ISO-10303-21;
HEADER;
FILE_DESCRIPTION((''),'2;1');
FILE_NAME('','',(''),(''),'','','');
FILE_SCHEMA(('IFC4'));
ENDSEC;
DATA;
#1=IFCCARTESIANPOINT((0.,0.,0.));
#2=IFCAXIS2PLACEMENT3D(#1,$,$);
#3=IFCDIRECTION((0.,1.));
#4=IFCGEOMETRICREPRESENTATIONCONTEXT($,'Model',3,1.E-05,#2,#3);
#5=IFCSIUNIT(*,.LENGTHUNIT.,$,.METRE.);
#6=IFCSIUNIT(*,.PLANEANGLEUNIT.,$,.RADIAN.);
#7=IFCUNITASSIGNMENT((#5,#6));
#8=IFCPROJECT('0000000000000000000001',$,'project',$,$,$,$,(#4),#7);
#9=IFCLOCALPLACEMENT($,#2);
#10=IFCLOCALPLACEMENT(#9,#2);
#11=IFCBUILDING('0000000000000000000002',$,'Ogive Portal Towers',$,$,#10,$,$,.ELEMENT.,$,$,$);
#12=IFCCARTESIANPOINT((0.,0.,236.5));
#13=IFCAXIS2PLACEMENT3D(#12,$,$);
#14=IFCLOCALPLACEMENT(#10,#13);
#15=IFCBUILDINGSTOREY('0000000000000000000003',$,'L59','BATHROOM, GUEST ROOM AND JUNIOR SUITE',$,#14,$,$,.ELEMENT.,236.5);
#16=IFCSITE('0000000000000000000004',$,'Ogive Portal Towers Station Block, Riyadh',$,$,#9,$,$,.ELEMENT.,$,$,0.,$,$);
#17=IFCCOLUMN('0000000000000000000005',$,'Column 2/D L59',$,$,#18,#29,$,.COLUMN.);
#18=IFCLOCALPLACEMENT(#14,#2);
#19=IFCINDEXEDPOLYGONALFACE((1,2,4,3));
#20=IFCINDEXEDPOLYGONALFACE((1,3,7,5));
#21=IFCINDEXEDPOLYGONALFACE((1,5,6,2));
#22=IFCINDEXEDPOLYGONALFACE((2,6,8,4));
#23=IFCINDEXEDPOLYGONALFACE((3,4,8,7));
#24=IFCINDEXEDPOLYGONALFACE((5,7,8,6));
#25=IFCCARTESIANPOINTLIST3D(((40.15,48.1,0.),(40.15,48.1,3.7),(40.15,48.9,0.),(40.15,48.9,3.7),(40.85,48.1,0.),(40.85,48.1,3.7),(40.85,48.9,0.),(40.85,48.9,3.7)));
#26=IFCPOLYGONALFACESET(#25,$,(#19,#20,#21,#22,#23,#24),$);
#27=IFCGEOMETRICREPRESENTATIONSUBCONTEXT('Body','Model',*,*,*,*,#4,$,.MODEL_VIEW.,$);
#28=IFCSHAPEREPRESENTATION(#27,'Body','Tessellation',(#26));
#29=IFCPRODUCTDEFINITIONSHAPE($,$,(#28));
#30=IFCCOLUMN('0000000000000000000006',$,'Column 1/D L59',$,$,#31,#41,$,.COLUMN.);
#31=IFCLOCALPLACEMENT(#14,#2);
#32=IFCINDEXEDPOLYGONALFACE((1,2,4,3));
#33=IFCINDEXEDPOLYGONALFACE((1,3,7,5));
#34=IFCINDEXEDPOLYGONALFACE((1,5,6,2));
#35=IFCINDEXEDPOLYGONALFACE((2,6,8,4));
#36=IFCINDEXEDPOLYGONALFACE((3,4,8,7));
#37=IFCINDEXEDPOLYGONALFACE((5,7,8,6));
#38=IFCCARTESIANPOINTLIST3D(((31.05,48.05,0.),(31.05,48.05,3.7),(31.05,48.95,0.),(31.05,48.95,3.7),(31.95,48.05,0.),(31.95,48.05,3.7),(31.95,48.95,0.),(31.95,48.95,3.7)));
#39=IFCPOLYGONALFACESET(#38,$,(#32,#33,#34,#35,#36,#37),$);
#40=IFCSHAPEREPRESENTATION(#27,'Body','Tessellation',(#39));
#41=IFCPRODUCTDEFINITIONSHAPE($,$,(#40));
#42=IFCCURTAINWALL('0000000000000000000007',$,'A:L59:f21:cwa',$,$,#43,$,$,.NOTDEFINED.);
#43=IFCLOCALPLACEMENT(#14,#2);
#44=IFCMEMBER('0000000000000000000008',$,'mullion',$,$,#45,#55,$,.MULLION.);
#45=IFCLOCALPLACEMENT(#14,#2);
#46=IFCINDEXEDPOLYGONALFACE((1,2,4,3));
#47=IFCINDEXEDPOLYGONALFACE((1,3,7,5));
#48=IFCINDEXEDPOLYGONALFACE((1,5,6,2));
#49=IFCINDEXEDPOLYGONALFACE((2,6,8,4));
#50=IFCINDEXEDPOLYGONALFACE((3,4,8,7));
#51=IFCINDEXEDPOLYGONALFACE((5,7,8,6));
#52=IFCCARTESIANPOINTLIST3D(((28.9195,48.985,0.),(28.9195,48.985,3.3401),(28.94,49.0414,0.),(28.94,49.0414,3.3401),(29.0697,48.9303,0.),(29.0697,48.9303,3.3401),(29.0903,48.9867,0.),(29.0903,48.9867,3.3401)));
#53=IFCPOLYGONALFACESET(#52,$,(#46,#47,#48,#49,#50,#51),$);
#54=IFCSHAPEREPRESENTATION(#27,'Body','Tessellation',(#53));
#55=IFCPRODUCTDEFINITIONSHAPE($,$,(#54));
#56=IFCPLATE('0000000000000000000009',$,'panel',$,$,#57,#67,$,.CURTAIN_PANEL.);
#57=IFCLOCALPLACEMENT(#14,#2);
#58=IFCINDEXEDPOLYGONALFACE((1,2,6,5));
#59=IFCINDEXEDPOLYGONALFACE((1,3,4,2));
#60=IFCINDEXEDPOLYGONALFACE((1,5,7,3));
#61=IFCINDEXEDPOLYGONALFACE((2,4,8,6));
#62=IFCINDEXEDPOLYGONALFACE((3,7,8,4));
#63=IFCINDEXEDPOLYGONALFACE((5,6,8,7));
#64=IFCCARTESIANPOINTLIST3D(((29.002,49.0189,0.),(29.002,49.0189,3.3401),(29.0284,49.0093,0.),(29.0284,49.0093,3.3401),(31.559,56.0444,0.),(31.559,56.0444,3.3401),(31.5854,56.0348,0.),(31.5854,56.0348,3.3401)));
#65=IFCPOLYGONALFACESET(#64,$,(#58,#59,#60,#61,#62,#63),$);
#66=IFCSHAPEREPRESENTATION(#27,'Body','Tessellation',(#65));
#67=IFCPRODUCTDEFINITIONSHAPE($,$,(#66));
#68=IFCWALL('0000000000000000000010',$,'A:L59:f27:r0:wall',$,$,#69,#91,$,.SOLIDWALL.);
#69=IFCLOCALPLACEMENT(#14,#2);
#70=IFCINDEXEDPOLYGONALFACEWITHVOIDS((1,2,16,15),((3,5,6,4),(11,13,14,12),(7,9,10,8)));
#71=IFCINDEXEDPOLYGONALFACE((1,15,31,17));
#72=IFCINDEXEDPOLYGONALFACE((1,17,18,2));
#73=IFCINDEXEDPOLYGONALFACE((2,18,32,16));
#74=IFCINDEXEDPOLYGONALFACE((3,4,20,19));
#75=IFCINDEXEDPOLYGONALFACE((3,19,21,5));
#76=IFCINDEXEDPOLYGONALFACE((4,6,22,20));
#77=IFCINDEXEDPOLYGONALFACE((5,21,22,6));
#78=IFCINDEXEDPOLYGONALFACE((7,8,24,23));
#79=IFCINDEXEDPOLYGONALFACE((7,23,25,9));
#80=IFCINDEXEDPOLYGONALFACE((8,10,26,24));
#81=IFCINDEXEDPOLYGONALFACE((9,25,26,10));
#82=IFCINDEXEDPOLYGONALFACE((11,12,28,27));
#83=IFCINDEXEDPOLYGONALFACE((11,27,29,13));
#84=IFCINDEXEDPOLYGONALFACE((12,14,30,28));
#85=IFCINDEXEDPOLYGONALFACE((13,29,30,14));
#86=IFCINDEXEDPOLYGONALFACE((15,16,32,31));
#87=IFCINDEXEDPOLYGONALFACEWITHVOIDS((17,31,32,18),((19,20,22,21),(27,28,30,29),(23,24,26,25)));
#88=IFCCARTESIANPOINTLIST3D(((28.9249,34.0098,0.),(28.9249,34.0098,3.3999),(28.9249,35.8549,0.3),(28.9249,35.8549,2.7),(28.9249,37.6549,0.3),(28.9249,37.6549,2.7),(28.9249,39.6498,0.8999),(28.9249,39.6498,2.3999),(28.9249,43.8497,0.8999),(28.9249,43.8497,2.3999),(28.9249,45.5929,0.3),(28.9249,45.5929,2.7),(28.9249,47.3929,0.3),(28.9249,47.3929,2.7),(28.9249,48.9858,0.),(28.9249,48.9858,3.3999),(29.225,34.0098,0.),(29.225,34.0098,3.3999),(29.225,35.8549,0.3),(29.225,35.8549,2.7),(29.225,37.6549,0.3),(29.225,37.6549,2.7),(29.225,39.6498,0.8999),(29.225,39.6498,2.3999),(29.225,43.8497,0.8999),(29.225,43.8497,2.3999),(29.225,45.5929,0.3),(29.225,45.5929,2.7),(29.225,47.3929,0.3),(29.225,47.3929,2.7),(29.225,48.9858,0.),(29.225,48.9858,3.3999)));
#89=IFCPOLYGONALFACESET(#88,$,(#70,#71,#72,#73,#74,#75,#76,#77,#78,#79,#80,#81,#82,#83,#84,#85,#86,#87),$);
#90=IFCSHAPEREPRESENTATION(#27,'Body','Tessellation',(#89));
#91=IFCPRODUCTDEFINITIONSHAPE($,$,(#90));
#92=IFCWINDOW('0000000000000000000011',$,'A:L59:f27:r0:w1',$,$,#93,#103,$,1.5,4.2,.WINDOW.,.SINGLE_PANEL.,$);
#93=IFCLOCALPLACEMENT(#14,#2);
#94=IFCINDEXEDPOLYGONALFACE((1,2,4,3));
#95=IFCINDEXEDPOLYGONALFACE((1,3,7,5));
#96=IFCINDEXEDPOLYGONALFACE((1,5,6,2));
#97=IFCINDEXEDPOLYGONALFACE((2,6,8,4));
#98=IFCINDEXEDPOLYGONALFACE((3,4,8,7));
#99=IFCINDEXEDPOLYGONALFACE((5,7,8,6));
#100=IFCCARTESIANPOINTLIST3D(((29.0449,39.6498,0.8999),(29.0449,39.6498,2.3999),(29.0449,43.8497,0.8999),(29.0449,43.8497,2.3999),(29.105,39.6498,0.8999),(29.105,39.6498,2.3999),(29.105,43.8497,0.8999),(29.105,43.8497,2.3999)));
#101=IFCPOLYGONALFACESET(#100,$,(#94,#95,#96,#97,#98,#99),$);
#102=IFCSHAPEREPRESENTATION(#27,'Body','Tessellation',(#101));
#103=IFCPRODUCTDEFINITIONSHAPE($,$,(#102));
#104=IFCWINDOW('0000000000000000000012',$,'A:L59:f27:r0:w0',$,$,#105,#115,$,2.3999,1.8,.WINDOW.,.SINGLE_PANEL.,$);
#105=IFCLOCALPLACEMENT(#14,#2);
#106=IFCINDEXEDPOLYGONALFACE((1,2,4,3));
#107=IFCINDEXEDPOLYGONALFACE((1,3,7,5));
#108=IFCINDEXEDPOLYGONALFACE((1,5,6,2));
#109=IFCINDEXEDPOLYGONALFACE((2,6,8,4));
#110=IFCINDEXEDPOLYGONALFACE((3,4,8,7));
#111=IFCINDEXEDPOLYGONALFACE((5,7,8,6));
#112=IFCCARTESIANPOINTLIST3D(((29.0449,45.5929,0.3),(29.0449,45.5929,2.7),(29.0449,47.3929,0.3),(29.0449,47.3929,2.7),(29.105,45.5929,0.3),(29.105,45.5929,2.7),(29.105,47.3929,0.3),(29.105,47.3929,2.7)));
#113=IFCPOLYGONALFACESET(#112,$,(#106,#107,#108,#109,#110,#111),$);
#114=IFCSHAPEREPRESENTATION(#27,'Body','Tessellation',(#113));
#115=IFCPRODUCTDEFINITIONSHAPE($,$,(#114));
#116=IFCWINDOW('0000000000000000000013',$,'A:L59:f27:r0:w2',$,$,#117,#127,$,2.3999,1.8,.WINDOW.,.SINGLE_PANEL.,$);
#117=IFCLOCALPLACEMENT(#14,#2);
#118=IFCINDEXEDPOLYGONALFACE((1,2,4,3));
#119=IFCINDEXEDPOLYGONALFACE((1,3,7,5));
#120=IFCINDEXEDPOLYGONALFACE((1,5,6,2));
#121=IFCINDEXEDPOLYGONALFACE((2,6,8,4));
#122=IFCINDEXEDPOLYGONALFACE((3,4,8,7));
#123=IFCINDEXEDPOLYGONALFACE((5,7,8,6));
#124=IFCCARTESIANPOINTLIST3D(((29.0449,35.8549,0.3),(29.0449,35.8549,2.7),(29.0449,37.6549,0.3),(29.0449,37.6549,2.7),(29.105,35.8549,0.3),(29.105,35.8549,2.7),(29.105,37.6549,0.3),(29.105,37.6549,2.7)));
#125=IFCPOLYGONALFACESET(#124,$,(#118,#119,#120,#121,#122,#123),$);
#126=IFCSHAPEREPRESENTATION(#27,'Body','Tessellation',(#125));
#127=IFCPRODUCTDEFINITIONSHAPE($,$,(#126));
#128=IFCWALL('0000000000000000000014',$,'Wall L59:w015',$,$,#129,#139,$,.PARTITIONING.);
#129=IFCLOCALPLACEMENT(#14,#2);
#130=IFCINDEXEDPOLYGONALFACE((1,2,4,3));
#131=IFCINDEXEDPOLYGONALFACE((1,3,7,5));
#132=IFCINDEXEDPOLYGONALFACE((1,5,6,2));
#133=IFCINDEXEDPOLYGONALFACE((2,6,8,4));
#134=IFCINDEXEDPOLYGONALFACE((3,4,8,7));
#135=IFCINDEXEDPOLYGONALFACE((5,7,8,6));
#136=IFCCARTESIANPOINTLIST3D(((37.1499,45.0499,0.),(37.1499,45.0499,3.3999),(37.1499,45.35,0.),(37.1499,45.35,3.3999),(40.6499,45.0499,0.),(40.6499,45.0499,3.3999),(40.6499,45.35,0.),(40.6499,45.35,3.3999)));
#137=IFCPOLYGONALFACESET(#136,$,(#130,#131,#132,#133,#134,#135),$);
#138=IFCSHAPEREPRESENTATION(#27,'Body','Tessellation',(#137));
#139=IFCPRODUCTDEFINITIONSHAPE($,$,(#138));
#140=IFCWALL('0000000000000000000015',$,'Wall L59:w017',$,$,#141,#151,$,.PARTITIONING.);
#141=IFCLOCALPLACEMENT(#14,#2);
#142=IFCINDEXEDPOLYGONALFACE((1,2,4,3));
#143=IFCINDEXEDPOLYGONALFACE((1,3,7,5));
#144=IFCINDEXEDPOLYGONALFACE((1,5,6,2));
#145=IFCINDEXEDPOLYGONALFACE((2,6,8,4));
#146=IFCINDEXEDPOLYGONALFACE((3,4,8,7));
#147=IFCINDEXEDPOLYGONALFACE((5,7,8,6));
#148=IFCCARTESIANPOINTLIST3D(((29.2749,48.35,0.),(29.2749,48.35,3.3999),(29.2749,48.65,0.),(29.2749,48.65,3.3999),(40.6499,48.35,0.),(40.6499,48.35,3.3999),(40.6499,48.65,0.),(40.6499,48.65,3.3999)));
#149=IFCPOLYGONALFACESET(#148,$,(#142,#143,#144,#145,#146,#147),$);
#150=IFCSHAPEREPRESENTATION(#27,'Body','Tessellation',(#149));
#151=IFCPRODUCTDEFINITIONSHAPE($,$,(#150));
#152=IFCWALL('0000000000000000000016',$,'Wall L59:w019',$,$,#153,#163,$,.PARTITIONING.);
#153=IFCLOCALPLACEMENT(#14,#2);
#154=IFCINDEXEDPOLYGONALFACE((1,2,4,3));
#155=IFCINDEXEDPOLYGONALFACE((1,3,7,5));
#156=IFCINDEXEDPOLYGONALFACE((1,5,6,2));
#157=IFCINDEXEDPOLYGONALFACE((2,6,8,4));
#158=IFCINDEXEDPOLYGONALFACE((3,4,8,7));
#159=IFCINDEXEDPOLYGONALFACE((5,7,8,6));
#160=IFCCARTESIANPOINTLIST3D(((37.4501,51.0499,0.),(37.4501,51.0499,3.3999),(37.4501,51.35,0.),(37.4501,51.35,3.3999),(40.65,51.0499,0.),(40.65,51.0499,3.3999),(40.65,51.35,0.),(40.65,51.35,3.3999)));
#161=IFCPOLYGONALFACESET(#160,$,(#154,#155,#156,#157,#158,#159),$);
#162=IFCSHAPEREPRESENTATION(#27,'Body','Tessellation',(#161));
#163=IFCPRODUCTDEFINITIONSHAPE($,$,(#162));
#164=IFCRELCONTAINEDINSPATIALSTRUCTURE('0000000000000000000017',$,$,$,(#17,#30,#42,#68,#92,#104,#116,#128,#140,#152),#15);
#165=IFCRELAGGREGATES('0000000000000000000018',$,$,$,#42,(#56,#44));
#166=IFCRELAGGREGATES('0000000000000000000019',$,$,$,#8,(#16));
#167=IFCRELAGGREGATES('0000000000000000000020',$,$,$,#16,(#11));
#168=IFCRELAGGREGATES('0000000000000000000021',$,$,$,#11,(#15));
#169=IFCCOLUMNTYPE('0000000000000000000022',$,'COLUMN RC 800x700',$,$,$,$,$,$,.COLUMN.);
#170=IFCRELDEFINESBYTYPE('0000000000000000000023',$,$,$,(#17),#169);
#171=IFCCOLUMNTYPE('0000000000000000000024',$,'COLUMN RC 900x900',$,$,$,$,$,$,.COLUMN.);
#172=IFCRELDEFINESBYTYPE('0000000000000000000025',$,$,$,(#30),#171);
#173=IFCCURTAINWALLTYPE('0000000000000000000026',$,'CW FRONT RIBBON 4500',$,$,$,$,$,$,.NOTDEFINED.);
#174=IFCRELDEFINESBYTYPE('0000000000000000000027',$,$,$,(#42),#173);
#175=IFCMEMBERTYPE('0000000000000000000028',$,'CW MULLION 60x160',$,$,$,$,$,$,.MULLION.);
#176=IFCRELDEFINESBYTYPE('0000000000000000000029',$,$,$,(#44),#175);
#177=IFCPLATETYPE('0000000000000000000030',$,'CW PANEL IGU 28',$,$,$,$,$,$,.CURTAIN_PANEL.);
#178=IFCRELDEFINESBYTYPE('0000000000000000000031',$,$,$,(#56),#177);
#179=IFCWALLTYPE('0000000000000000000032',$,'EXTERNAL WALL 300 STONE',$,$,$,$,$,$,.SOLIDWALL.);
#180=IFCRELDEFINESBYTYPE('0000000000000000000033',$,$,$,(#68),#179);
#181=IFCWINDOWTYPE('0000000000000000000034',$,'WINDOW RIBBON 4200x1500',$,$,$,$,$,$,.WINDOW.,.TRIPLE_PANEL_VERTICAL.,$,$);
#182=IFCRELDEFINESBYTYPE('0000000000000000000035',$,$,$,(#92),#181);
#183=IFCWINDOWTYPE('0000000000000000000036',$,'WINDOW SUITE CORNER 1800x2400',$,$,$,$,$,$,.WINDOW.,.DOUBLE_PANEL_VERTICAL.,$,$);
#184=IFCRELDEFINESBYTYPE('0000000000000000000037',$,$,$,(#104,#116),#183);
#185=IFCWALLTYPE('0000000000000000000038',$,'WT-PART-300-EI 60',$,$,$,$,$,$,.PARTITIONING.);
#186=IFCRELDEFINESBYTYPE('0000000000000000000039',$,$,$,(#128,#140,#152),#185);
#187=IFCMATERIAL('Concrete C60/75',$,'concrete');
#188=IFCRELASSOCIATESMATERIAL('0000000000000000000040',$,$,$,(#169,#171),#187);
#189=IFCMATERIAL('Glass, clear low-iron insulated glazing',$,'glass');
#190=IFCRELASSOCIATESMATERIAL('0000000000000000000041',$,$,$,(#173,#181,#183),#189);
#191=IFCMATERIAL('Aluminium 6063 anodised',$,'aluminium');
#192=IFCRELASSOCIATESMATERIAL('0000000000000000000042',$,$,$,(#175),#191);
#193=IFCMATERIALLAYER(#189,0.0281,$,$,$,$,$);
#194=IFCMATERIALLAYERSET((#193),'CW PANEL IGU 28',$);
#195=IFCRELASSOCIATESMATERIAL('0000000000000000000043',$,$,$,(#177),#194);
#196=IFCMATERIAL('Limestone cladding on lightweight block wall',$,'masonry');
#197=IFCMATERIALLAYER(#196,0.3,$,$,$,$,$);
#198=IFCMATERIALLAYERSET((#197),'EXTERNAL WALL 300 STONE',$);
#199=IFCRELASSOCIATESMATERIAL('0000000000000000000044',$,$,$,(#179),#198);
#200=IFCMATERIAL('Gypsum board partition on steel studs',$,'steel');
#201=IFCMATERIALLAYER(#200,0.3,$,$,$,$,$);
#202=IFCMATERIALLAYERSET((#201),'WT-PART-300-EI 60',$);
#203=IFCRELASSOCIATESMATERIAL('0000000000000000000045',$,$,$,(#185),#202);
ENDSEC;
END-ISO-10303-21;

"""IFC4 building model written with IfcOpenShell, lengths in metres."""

from ifc_helpers import new_model, si_unit, direction, frame, frame_2d, origin, origin_2d, place, context, subcontext, project, spatial, rectangle, extrude, material, layer, layer_set, material_profile, profile_set, type_object, element, fill, aggregate, save


model = new_model("IFC4")

# Units and contexts
model_context = context("Model", 3, precision=1e-05, world=origin(), true_north=direction((0.0, 1.0)))
body_context = subcontext(model_context, "Body", "Model", "MODEL_VIEW")
ifc_project = project(units=[si_unit("LENGTHUNIT", "METRE"), si_unit("PLANEANGLEUNIT", "RADIAN")], contexts=[model_context])

# Site, building, storey
site_placement = place(None, origin())
site = spatial("IfcSite", under=ifc_project, at=site_placement, Name="Ogive Portal Towers Station Block, Riyadh", CompositionType="ELEMENT", RefElevation=0.0)
building_placement = place(site_placement, origin())
building = spatial("IfcBuilding", under=site, at=building_placement, Name="Ogive Portal Towers", CompositionType="ELEMENT")
storey_placement = place(building_placement, frame((0.0, 0.0, 236.5)))
storey = spatial("IfcBuildingStorey", under=building, at=storey_placement, Name="L59", Description="BATHROOM, GUEST ROOM AND JUNIOR SUITE", CompositionType="ELEMENT", Elevation=236.5)

# Columns
ifc_material_1 = material(Name="Concrete C60/75", Category="concrete")
ifc_material_profile_1 = material_profile(ifc_material_1, rectangle(XDim=0.8, YDim=0.7, at=origin_2d()), Name="RC 800x700")
ifc_profile_set_1 = profile_set([ifc_material_profile_1], Name="Concrete C60/75")
column_type_1 = type_object("IfcColumnType", Name="COLUMN RC 800x700", PredefinedType="COLUMN", material=ifc_profile_set_1)
column_1_placement = place(storey_placement, frame((40.5, 48.5, 0.0), z_axis=(0.0, 0.0, 1.0), x_axis=(0.0, 1.0, 0.0)))
element("IfcColumn", 1, at=column_1_placement, inside=storey, type_object=column_type_1, Name="Column 2/D L59", PredefinedType="COLUMN", context=body_context, shape_type="SweptSolid", body=[
    extrude(rectangle(XDim=0.8, YDim=0.7, at=origin_2d()), origin(), (0.0, 0.0, 1.0), 3.7),
])
ifc_material_profile_2 = material_profile(ifc_material_1, rectangle(XDim=0.8999, YDim=0.8999, at=origin_2d()), Name="RC 900x900")
ifc_profile_set_2 = profile_set([ifc_material_profile_2], Name="Concrete C60/75")
column_type_2 = type_object("IfcColumnType", Name="COLUMN RC 900x900", PredefinedType="COLUMN", material=ifc_profile_set_2)
column_2_placement = place(storey_placement, frame((31.5, 48.5, 0.0), z_axis=(0.0, 0.0, 1.0), x_axis=(1.0, 0.0, 0.0)))
element("IfcColumn", 2, at=column_2_placement, inside=storey, type_object=column_type_2, Name="Column 1/D L59", PredefinedType="COLUMN", context=body_context, shape_type="SweptSolid", body=[
    extrude(rectangle(XDim=0.8999, YDim=0.8999, at=origin_2d()), origin(), (0.0, 0.0, 1.0), 3.7),
])

# Curtain wall, member, plate
ifc_material_2 = material(Name="Glass, clear low-iron insulated glazing", Category="glass")
curtain_wall_type = type_object("IfcCurtainWallType", Name="CW FRONT RIBBON 4500", PredefinedType="NOTDEFINED", material=ifc_material_2)
curtain_wall_placement = place(storey_placement, origin())
curtain_wall = element("IfcCurtainWall", 3, at=curtain_wall_placement, inside=storey, type_object=curtain_wall_type, Name="A:L59:f21:cwa", PredefinedType="NOTDEFINED")
ifc_material_3 = material(Name="Aluminium 6063 anodised", Category="aluminium")
ifc_material_profile_3 = material_profile(ifc_material_3, rectangle(XDim=0.1599, YDim=0.0601, at=origin_2d()), Name="AL 60x160")
ifc_profile_set_3 = profile_set([ifc_material_profile_3], Name="Aluminium 6063 anodised")
member_type = type_object("IfcMemberType", Name="CW MULLION 60x160", PredefinedType="MULLION", material=ifc_profile_set_3)
member_placement = place(storey_placement, frame((29.0049, 48.9858, 0.0), z_axis=(0.0, 0.0, 1.0), x_axis=(0.939693, -0.34202, 0.0)))
member = element("IfcMember", 4, at=member_placement, type_object=member_type, Name="mullion", PredefinedType="MULLION", context=body_context, shape_type="SweptSolid", body=[
    extrude(rectangle(XDim=0.1599, YDim=0.0601, at=origin_2d()), origin(), (0.0, 0.0, 1.0), 3.3401),
])
ifc_layer_1 = layer(ifc_material_2, 0.0281)
ifc_layer_set_1 = layer_set([ifc_layer_1], Name="CW PANEL IGU 28")
plate_type = type_object("IfcPlateType", Name="CW PANEL IGU 28", PredefinedType="CURTAIN_PANEL", material=ifc_layer_set_1)
plate_placement = place(storey_placement, frame((30.2937, 52.5269, 0.0), z_axis=(0.0, 0.0, 1.0), x_axis=(-0.34202, -0.939693, 0.0)))
plate = element("IfcPlate", 5, at=plate_placement, type_object=plate_type, Name="panel", PredefinedType="CURTAIN_PANEL", context=body_context, shape_type="SweptSolid", body=[
    extrude(rectangle(XDim=7.4763, YDim=0.0281, at=origin_2d()), origin(), (0.0, 0.0, 1.0), 3.3401),
])
aggregate(curtain_wall, [plate, member])

# Wall, openings, windows
ifc_material_4 = material(Name="Limestone cladding on lightweight block wall", Category="masonry")
ifc_layer_2 = layer(ifc_material_4, 0.3)
ifc_layer_set_2 = layer_set([ifc_layer_2], Name="EXTERNAL WALL 300 STONE")
wall_type_1 = type_object("IfcWallType", Name="EXTERNAL WALL 300 STONE", PredefinedType="SOLIDWALL", material=ifc_layer_set_2)
wall_1_placement = place(storey_placement, frame((29.075, 48.9858, 0.0), z_axis=(0.0, 0.0, 1.0), x_axis=(0.0, -1.0, 0.0)))
wall_1 = element("IfcWall", 6, at=wall_1_placement, inside=storey, type_object=wall_type_1, Name="A:L59:f27:r0:wall", PredefinedType="SOLIDWALL", context=body_context, shape_type="SweptSolid", body=[
    extrude(rectangle(XDim=14.9761, YDim=0.3, at=frame_2d((7.488, 0.0))), origin(), (0.0, 0.0, 1.0), 3.3999),
])
opening_1_placement = place(wall_1_placement, frame((1.593, 0.0, 0.3)))
opening_1 = element("IfcOpeningElement", 7, at=opening_1_placement, cuts=wall_1, PredefinedType="OPENING", context=body_context, shape_type="SweptSolid", body=[
    extrude(rectangle(XDim=1.8, YDim=2.3999, at=frame_2d((0.8999, 1.2))), frame((0.0, 0.1602, 0.0), z_axis=(0.0, -1.0, 0.0), x_axis=(1.0, 0.0, 0.0)), (0.0, 0.0, 1.0), 0.3201),
])
opening_2_placement = place(wall_1_placement, frame((5.136, 0.0, 0.8999)))
opening_2 = element("IfcOpeningElement", 8, at=opening_2_placement, cuts=wall_1, PredefinedType="OPENING", context=body_context, shape_type="SweptSolid", body=[
    extrude(rectangle(XDim=4.2, YDim=1.5, at=frame_2d((2.1001, 0.75))), frame((0.0, 0.1602, 0.0), z_axis=(0.0, -1.0, 0.0), x_axis=(1.0, 0.0, 0.0)), (0.0, 0.0, 1.0), 0.3201),
])
opening_3_placement = place(wall_1_placement, frame((11.3311, 0.0, 0.3)))
opening_3 = element("IfcOpeningElement", 9, at=opening_3_placement, cuts=wall_1, PredefinedType="OPENING", context=body_context, shape_type="SweptSolid", body=[
    extrude(rectangle(XDim=1.8, YDim=2.3999, at=frame_2d((0.8999, 1.2))), frame((0.0, 0.1602, 0.0), z_axis=(0.0, -1.0, 0.0), x_axis=(1.0, 0.0, 0.0)), (0.0, 0.0, 1.0), 0.3201),
])
window_type_1 = type_object("IfcWindowType", Name="WINDOW RIBBON 4200x1500", PartitioningType="TRIPLE_PANEL_VERTICAL", PredefinedType="WINDOW", material=ifc_material_2)
window_1_placement = place(opening_2_placement, origin())
window_1 = element("IfcWindow", 10, at=window_1_placement, inside=storey, type_object=window_type_1, Name="A:L59:f27:r0:w1", OverallHeight=1.5, OverallWidth=4.2, PartitioningType="SINGLE_PANEL", PredefinedType="WINDOW", context=body_context, shape_type="SweptSolid", body=[
    extrude(rectangle(XDim=4.2, YDim=1.5, at=frame_2d((2.1001, 0.75))), frame((0.0, 0.03, 0.0), z_axis=(0.0, -1.0, 0.0), x_axis=(1.0, 0.0, 0.0)), (0.0, 0.0, 1.0), 0.0601),
])
fill(opening_2, window_1)
window_type_2 = type_object("IfcWindowType", Name="WINDOW SUITE CORNER 1800x2400", PartitioningType="DOUBLE_PANEL_VERTICAL", PredefinedType="WINDOW", material=ifc_material_2)
window_2_placement = place(opening_1_placement, origin())
window_2 = element("IfcWindow", 11, at=window_2_placement, inside=storey, type_object=window_type_2, Name="A:L59:f27:r0:w0", OverallHeight=2.3999, OverallWidth=1.8, PartitioningType="SINGLE_PANEL", PredefinedType="WINDOW", context=body_context, shape_type="SweptSolid", body=[
    extrude(rectangle(XDim=1.8, YDim=2.3999, at=frame_2d((0.8999, 1.2))), frame((0.0, 0.03, 0.0), z_axis=(0.0, -1.0, 0.0), x_axis=(1.0, 0.0, 0.0)), (0.0, 0.0, 1.0), 0.0601),
])
fill(opening_1, window_2)
window_3_placement = place(opening_3_placement, origin())
window_3 = element("IfcWindow", 12, at=window_3_placement, inside=storey, type_object=window_type_2, Name="A:L59:f27:r0:w2", OverallHeight=2.3999, OverallWidth=1.8, PartitioningType="SINGLE_PANEL", PredefinedType="WINDOW", context=body_context, shape_type="SweptSolid", body=[
    extrude(rectangle(XDim=1.8, YDim=2.3999, at=frame_2d((0.8999, 1.2))), frame((0.0, 0.03, 0.0), z_axis=(0.0, -1.0, 0.0), x_axis=(1.0, 0.0, 0.0)), (0.0, 0.0, 1.0), 0.0601),
])
fill(opening_3, window_3)

# Walls
ifc_material_5 = material(Name="Gypsum board partition on steel studs", Category="steel")
ifc_layer_3 = layer(ifc_material_5, 0.3)
ifc_layer_set_3 = layer_set([ifc_layer_3], Name="WT-PART-300-EI 60")
wall_type_2 = type_object("IfcWallType", Name="WT-PART-300-EI 60", PredefinedType="PARTITIONING", material=ifc_layer_set_3)
wall_2_placement = place(storey_placement, frame((37.1499, 45.2, 0.0), z_axis=(0.0, 0.0, 1.0), x_axis=(1.0, 0.0, 0.0)))
element("IfcWall", 13, at=wall_2_placement, inside=storey, type_object=wall_type_2, Name="Wall L59:w015", PredefinedType="PARTITIONING", context=body_context, shape_type="SweptSolid", body=[
    extrude(rectangle(XDim=3.5, YDim=0.3, at=frame_2d((1.75, 0.0))), origin(), (0.0, 0.0, 1.0), 3.3999),
])
wall_3_placement = place(storey_placement, frame((29.2749, 48.5, 0.0), z_axis=(0.0, 0.0, 1.0), x_axis=(1.0, 0.0, 0.0)))
element("IfcWall", 14, at=wall_3_placement, inside=storey, type_object=wall_type_2, Name="Wall L59:w017", PredefinedType="PARTITIONING", context=body_context, shape_type="SweptSolid", body=[
    extrude(rectangle(XDim=11.375, YDim=0.3, at=frame_2d((5.6875, 0.0))), origin(), (0.0, 0.0, 1.0), 3.3999),
])
wall_4_placement = place(storey_placement, frame((37.45, 51.2, 0.0), z_axis=(0.0, 0.0, 1.0), x_axis=(1.0, 0.0, 0.0)))
element("IfcWall", 15, at=wall_4_placement, inside=storey, type_object=wall_type_2, Name="Wall L59:w019", PredefinedType="PARTITIONING", context=body_context, shape_type="SweptSolid", body=[
    extrude(rectangle(XDim=3.2, YDim=0.3, at=frame_2d((1.6001, 0.0))), origin(), (0.0, 0.0, 1.0), 3.3999),
])

save(model, "model.ifc")
